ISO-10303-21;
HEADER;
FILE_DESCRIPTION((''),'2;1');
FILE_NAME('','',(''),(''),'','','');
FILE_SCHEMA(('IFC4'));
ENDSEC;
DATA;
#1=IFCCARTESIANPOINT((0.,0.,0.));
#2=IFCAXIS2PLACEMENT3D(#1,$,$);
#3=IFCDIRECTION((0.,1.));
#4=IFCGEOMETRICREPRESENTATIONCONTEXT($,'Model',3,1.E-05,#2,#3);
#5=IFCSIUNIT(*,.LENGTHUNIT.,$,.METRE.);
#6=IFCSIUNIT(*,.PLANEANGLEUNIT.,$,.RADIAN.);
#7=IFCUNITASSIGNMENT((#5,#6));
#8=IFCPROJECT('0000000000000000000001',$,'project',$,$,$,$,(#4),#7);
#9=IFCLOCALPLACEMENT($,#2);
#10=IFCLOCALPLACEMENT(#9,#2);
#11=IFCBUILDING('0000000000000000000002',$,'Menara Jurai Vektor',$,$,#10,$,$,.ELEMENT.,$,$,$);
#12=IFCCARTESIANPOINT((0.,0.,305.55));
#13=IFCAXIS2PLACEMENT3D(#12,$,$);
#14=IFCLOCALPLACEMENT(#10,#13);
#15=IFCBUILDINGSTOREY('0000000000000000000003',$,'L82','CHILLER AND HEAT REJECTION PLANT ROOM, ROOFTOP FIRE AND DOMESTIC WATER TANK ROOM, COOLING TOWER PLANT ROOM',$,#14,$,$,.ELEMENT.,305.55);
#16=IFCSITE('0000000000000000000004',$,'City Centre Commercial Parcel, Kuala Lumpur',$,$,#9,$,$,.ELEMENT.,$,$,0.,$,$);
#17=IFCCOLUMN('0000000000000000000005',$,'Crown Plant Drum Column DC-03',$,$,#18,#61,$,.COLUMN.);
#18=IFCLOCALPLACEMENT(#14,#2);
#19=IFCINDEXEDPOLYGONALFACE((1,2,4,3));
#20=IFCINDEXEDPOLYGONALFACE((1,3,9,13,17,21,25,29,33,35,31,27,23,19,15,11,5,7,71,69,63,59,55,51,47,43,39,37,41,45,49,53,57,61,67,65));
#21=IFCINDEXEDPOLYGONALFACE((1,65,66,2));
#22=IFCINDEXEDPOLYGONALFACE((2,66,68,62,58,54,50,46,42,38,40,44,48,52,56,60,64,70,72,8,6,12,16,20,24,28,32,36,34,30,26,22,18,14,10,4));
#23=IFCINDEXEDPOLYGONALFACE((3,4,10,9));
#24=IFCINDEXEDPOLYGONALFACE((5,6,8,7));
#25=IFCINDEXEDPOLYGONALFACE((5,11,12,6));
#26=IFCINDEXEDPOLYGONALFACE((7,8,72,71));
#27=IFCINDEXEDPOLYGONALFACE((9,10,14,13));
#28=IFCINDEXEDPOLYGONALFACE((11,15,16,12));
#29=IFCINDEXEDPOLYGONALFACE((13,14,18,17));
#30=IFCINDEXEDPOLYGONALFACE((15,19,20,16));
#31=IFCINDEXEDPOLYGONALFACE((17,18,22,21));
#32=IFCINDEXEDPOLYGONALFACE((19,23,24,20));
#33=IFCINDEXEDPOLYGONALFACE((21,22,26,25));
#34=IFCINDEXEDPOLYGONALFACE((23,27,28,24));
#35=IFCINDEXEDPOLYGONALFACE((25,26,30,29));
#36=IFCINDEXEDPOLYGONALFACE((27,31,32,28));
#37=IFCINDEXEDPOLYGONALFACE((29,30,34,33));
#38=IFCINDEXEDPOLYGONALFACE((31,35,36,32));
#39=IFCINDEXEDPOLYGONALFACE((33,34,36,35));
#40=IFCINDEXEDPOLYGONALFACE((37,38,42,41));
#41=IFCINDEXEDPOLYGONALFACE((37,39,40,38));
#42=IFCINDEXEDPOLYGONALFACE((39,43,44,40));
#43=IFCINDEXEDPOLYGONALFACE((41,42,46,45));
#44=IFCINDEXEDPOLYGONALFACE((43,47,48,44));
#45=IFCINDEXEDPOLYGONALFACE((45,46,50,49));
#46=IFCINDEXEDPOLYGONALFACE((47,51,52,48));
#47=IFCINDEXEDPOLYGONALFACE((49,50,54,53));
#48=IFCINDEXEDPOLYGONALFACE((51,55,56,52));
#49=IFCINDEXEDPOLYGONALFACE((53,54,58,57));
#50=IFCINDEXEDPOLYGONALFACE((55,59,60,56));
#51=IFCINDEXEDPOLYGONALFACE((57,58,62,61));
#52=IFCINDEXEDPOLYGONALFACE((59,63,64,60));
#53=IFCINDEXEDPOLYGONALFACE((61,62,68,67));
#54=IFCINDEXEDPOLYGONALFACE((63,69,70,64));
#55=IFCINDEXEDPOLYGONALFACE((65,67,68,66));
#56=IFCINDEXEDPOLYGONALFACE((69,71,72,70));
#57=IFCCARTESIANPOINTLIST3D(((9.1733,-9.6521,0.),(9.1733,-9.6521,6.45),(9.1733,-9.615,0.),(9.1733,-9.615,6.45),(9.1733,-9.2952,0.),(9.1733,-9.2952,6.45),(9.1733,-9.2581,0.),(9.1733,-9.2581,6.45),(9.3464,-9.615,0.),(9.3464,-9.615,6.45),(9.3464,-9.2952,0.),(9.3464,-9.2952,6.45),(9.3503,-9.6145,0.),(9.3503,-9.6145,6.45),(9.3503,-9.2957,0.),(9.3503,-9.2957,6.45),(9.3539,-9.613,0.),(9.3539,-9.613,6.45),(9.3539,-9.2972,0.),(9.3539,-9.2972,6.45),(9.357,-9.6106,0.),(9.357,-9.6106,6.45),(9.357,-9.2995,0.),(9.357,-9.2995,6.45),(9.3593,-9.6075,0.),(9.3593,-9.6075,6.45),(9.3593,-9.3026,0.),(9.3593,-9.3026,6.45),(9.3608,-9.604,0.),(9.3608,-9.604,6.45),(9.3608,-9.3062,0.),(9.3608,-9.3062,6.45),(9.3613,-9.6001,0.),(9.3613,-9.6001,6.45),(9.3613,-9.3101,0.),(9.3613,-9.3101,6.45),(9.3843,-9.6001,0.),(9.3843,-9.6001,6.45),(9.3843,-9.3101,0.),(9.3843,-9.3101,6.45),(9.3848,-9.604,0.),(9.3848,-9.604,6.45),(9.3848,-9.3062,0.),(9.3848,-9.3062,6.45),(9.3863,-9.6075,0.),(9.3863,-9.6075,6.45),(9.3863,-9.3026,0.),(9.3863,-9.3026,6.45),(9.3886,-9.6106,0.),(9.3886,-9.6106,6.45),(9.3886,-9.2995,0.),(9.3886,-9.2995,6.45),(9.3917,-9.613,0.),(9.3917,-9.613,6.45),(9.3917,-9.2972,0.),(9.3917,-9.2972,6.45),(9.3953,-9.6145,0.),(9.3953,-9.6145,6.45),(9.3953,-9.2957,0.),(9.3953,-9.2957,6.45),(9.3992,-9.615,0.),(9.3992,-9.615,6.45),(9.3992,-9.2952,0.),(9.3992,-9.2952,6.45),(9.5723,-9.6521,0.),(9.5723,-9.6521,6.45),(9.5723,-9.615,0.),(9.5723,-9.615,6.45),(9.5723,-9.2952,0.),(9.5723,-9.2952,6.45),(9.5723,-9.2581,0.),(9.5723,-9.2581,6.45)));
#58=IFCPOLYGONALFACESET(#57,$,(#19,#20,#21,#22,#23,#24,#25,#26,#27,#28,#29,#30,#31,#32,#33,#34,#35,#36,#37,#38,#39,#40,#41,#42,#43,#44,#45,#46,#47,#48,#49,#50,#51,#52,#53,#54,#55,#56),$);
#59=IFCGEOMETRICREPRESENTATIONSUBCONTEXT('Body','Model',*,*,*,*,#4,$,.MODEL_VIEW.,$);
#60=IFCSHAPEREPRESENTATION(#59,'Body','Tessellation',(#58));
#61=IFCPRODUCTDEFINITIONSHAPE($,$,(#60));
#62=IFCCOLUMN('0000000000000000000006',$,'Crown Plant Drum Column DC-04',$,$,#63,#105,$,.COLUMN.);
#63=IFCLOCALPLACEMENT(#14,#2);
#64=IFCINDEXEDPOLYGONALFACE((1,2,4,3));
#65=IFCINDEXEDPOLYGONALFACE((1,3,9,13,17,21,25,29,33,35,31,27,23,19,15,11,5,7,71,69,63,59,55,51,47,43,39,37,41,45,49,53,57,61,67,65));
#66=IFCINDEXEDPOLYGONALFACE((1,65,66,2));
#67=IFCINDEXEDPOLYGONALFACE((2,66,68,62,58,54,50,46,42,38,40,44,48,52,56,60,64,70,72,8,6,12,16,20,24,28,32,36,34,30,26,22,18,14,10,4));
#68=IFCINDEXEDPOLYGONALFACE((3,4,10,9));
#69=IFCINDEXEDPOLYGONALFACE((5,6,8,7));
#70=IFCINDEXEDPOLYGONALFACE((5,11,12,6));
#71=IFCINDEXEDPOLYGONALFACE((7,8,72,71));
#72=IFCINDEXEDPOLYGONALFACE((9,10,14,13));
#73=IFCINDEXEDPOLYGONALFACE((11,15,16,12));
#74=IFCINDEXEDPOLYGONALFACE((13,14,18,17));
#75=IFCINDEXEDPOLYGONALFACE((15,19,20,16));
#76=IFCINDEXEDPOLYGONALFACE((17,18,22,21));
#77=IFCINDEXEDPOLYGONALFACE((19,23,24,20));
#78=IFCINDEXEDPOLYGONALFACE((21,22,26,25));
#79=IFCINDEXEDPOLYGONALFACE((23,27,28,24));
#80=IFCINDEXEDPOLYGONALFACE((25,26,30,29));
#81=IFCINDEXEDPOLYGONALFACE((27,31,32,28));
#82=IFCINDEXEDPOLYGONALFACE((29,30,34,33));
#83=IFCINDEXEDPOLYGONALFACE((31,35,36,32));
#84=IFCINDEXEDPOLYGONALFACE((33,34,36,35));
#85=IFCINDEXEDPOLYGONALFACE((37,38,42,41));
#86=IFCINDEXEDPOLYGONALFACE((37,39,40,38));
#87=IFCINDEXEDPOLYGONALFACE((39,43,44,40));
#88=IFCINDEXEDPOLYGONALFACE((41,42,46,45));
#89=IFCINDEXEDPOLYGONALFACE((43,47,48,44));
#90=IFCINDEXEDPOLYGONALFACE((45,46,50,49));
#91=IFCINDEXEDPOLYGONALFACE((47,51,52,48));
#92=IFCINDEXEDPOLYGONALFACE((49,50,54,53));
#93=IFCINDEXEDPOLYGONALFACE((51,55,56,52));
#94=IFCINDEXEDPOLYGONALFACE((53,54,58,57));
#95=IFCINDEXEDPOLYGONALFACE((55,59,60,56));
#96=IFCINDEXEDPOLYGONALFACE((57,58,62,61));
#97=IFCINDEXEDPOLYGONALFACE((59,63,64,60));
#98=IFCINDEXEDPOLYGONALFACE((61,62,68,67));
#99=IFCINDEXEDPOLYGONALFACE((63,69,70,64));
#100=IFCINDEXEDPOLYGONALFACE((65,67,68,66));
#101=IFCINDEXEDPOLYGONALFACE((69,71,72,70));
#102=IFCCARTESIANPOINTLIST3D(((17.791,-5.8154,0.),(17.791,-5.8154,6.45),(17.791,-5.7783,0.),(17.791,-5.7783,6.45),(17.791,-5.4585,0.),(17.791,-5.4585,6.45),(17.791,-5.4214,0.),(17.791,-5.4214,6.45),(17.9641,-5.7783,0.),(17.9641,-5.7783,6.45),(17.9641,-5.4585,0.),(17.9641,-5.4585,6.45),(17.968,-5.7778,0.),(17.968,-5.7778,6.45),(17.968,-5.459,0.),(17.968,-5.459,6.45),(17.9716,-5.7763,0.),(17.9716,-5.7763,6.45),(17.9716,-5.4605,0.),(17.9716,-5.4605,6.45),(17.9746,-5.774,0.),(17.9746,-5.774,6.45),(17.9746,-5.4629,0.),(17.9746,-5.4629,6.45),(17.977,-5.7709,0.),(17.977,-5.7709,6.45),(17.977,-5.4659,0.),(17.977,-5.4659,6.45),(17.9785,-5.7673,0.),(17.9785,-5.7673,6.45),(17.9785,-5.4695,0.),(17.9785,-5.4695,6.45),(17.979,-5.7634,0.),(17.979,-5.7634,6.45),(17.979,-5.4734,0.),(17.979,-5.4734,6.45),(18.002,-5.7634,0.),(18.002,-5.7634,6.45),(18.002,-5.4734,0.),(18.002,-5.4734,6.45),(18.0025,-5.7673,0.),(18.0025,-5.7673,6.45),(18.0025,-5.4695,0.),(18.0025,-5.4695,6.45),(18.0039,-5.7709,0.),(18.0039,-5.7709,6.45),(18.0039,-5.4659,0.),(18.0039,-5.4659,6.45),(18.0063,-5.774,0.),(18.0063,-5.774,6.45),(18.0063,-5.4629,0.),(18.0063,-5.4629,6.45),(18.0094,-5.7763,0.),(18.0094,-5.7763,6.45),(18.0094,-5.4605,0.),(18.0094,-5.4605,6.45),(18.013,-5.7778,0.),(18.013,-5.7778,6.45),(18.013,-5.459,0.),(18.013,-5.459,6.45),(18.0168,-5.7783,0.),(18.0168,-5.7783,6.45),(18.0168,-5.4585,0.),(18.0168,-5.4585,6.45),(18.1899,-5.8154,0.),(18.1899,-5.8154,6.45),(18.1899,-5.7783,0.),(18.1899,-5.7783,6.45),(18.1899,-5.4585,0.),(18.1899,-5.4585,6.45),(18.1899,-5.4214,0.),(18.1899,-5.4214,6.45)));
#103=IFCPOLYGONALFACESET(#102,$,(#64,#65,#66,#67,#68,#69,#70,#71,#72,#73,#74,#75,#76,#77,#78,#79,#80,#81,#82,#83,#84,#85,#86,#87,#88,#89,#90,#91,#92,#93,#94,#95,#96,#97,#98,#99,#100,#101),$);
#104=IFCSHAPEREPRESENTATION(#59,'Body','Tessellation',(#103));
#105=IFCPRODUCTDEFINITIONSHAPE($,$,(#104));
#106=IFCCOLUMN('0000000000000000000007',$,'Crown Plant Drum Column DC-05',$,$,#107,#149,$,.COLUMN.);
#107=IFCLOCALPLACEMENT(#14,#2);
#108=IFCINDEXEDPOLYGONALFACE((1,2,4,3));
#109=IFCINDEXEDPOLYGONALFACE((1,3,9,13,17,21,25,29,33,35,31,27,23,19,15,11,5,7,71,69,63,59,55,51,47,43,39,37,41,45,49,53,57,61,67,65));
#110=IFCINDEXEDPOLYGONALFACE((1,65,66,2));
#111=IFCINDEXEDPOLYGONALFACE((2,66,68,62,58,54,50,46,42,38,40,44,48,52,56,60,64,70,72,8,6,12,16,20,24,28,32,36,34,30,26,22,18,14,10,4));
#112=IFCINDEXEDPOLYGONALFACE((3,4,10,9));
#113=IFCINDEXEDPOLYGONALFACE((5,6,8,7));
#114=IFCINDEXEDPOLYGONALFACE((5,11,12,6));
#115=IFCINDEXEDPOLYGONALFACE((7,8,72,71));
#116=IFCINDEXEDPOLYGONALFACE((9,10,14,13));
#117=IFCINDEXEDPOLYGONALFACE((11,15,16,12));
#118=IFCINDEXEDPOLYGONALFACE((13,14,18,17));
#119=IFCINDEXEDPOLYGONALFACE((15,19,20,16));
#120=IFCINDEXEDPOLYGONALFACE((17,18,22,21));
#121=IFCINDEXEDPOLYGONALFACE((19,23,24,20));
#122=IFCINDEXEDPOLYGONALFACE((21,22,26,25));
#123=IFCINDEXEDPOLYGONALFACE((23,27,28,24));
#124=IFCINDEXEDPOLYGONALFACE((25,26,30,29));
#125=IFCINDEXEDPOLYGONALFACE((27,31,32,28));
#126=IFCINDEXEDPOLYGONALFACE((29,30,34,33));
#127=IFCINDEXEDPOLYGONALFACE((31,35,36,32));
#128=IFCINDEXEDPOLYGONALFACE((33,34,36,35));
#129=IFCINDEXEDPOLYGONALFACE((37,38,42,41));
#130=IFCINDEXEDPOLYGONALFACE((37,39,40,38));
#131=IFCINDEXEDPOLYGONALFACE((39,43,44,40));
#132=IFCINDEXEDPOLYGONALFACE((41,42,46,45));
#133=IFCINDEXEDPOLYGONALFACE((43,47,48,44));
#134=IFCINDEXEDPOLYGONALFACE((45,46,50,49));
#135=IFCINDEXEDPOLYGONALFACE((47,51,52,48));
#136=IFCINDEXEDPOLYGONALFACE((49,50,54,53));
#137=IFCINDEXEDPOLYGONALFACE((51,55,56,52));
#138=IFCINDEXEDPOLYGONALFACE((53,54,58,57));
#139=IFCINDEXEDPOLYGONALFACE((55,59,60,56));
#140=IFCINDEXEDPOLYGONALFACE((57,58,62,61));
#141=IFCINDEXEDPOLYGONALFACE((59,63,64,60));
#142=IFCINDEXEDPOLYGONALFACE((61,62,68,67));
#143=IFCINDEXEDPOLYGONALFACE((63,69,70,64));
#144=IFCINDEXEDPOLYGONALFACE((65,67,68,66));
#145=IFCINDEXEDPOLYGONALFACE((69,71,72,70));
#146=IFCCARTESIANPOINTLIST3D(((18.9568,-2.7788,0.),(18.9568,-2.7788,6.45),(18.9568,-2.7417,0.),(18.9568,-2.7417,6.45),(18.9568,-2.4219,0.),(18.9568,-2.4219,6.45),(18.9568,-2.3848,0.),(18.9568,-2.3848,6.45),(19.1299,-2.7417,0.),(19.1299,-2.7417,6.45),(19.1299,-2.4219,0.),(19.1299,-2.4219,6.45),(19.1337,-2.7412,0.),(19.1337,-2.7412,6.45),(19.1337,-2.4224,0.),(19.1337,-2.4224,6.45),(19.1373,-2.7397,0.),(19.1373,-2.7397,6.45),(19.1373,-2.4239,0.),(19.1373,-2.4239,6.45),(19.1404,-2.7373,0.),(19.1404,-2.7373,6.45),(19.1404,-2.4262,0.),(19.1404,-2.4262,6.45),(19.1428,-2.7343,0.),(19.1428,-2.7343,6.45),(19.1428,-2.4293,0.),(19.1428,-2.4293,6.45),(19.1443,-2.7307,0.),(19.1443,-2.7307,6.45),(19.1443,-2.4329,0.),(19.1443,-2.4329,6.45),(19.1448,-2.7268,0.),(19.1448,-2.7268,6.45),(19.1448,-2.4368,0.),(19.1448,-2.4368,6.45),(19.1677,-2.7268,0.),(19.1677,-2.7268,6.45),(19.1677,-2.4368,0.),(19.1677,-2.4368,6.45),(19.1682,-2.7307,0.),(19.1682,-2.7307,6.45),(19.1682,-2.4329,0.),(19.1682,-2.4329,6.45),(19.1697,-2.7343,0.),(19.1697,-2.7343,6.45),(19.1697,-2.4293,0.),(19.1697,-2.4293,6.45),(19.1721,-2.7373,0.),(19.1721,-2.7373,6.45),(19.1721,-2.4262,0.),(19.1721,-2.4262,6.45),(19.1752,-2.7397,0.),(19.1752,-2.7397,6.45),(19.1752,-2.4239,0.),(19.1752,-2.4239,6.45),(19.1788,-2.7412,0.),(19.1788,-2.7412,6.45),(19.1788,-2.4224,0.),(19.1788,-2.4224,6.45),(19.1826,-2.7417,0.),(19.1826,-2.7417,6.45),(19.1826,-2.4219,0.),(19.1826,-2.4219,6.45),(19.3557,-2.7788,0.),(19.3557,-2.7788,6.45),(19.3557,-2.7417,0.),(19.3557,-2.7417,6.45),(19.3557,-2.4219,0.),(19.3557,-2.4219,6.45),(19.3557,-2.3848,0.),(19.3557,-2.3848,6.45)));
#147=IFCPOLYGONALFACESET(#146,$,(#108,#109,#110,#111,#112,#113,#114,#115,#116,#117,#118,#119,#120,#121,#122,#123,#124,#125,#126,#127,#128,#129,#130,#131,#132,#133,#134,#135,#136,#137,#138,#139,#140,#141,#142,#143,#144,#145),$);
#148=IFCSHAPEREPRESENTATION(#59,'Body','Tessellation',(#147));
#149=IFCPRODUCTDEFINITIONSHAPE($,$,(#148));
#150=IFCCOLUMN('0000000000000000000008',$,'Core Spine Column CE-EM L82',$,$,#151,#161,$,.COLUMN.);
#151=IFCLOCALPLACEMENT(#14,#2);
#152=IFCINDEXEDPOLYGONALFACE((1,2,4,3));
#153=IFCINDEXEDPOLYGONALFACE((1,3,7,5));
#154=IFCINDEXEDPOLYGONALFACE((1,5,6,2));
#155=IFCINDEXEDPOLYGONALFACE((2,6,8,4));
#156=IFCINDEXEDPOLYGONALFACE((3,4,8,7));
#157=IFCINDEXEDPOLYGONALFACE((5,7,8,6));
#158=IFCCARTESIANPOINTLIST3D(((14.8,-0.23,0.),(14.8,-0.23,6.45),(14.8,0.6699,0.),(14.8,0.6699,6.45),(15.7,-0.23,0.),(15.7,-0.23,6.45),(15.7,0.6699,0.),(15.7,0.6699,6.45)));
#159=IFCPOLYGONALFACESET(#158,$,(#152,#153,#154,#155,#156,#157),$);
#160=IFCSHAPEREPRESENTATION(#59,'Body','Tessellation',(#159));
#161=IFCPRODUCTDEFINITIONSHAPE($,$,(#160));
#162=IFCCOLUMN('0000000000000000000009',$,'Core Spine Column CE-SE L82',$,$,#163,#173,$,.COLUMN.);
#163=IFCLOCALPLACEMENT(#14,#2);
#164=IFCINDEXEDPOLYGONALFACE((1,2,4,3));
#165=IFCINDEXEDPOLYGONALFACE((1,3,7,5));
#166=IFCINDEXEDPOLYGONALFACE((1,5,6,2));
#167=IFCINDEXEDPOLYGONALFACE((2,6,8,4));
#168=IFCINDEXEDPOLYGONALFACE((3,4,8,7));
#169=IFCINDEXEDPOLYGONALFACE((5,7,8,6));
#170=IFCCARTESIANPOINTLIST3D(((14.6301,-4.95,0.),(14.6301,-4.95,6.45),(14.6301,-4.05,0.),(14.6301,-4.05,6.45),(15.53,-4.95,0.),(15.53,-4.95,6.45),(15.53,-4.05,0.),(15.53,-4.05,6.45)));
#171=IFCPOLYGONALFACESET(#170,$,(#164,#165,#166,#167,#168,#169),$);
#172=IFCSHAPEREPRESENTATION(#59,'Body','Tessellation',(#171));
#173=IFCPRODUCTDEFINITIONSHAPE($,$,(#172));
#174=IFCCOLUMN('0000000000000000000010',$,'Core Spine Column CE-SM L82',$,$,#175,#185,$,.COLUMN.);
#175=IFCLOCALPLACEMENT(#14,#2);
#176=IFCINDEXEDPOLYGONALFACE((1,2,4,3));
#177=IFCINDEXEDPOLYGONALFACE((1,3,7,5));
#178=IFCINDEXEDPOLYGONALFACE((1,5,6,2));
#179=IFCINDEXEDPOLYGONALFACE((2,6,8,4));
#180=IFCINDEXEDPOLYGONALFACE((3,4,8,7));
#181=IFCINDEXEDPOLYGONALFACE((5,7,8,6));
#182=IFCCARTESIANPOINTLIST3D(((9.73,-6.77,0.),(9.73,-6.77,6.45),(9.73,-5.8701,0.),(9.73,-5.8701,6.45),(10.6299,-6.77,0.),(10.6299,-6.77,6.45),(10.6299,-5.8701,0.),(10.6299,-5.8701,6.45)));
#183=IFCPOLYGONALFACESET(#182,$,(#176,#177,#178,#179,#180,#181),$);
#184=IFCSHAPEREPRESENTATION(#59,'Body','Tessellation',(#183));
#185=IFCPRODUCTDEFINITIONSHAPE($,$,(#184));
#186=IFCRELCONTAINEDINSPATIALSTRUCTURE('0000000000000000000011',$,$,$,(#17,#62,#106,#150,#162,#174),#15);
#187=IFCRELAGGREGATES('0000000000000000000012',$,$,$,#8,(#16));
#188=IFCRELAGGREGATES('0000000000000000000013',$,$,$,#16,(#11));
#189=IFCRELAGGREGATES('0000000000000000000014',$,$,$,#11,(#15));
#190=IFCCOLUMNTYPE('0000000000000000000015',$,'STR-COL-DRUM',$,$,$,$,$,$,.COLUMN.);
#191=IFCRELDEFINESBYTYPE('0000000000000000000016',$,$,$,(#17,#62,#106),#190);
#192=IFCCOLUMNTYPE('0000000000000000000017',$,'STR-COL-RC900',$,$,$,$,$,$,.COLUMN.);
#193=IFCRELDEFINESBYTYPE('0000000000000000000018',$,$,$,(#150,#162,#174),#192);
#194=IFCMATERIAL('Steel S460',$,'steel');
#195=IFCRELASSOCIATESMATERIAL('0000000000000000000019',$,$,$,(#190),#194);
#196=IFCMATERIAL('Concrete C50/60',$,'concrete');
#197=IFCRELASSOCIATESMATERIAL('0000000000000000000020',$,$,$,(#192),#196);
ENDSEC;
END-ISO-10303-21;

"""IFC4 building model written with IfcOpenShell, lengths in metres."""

from ifc_helpers import new_model, si_unit, direction, frame, origin, origin_2d, place, context, subcontext, project, spatial, rectangle, i_section, extrude, material, material_profile, profile_set, type_object, element, save


model = new_model("IFC4")

# Units and contexts
model_context = context("Model", 3, precision=1e-05, world=origin(), true_north=direction((0.0, 1.0)))
body_context = subcontext(model_context, "Body", "Model", "MODEL_VIEW")
ifc_project = project(units=[si_unit("LENGTHUNIT", "METRE"), si_unit("PLANEANGLEUNIT", "RADIAN")], contexts=[model_context])

# Site, building, storey
site_placement = place(None, origin())
site = spatial("IfcSite", under=ifc_project, at=site_placement, Name="City Centre Commercial Parcel, Kuala Lumpur", CompositionType="ELEMENT", RefElevation=0.0)
building_placement = place(site_placement, origin())
building = spatial("IfcBuilding", under=site, at=building_placement, Name="Menara Jurai Vektor", CompositionType="ELEMENT")
storey_placement = place(building_placement, frame((0.0, 0.0, 305.55)))
storey = spatial("IfcBuildingStorey", under=building, at=storey_placement, Name="L82", Description="CHILLER AND HEAT REJECTION PLANT ROOM, ROOFTOP FIRE AND DOMESTIC WATER TANK ROOM, COOLING TOWER PLANT ROOM", CompositionType="ELEMENT", Elevation=305.55)

# Columns
ifc_material_1 = material(Name="Steel S460", Category="steel")
ifc_material_profile_1 = material_profile(ifc_material_1, i_section(OverallWidth=0.3989, OverallDepth=0.394, WebThickness=0.0229, FlangeThickness=0.0371, FilletRadius=0.0149, at=origin_2d()), Name="UKC 356x406x287")
ifc_profile_set_1 = profile_set([ifc_material_profile_1], Name="Steel S460")
column_type_1 = type_object("IfcColumnType", Name="STR-COL-DRUM", PredefinedType="COLUMN", material=ifc_profile_set_1)
for number, where, z_axis, x_axis, name in (
    (1, (9.3728, -9.4551, 0.0), (0.0, 0.0, 1.0), (1.0, 0.0, 0.0), "Crown Plant Drum Column DC-03"),
    (2, (17.9905, -5.6184, 0.0), (0.0, 0.0, 1.0), (1.0, 0.0, 0.0), "Crown Plant Drum Column DC-04"),
    (3, (19.1562, -2.5818, 0.0), (0.0, 0.0, 1.0), (1.0, 0.0, 0.0), "Crown Plant Drum Column DC-05"),
):
    element("IfcColumn", number, at=place(storey_placement, frame(where, z_axis=z_axis, x_axis=x_axis)), inside=storey, type_object=column_type_1, Name=name, PredefinedType="COLUMN", context=body_context, shape_type="SweptSolid", body=[
        extrude(i_section(OverallWidth=0.3989, OverallDepth=0.394, WebThickness=0.0229, FlangeThickness=0.0371, FilletRadius=0.0149, at=origin_2d()), origin(), (0.0, 0.0, 1.0), 6.45),
    ])
ifc_material_2 = material(Name="Concrete C50/60", Category="concrete")
ifc_material_profile_2 = material_profile(ifc_material_2, rectangle(XDim=0.8999, YDim=0.8999, at=origin_2d()), Name="RC 900x900")
ifc_profile_set_2 = profile_set([ifc_material_profile_2], Name="Concrete C50/60")
column_type_2 = type_object("IfcColumnType", Name="STR-COL-RC900", PredefinedType="COLUMN", material=ifc_profile_set_2)
for number, where, z_axis, x_axis, name in (
    (4, (15.25, 0.22, 0.0), (0.0, 0.0, 1.0), (1.0, 0.0, 0.0), "Core Spine Column CE-EM L82"),
    (5, (15.0801, -4.5, 0.0), (0.0, 0.0, 1.0), (1.0, 0.0, 0.0), "Core Spine Column CE-SE L82"),
    (6, (10.1799, -6.3201, 0.0), (0.0, 0.0, 1.0), (1.0, 0.0, 0.0), "Core Spine Column CE-SM L82"),
):
    element("IfcColumn", number, at=place(storey_placement, frame(where, z_axis=z_axis, x_axis=x_axis)), inside=storey, type_object=column_type_2, Name=name, PredefinedType="COLUMN", context=body_context, shape_type="SweptSolid", body=[
        extrude(rectangle(XDim=0.8999, YDim=0.8999, at=origin_2d()), origin(), (0.0, 0.0, 1.0), 6.45),
    ])

save(model, "model.ifc")
